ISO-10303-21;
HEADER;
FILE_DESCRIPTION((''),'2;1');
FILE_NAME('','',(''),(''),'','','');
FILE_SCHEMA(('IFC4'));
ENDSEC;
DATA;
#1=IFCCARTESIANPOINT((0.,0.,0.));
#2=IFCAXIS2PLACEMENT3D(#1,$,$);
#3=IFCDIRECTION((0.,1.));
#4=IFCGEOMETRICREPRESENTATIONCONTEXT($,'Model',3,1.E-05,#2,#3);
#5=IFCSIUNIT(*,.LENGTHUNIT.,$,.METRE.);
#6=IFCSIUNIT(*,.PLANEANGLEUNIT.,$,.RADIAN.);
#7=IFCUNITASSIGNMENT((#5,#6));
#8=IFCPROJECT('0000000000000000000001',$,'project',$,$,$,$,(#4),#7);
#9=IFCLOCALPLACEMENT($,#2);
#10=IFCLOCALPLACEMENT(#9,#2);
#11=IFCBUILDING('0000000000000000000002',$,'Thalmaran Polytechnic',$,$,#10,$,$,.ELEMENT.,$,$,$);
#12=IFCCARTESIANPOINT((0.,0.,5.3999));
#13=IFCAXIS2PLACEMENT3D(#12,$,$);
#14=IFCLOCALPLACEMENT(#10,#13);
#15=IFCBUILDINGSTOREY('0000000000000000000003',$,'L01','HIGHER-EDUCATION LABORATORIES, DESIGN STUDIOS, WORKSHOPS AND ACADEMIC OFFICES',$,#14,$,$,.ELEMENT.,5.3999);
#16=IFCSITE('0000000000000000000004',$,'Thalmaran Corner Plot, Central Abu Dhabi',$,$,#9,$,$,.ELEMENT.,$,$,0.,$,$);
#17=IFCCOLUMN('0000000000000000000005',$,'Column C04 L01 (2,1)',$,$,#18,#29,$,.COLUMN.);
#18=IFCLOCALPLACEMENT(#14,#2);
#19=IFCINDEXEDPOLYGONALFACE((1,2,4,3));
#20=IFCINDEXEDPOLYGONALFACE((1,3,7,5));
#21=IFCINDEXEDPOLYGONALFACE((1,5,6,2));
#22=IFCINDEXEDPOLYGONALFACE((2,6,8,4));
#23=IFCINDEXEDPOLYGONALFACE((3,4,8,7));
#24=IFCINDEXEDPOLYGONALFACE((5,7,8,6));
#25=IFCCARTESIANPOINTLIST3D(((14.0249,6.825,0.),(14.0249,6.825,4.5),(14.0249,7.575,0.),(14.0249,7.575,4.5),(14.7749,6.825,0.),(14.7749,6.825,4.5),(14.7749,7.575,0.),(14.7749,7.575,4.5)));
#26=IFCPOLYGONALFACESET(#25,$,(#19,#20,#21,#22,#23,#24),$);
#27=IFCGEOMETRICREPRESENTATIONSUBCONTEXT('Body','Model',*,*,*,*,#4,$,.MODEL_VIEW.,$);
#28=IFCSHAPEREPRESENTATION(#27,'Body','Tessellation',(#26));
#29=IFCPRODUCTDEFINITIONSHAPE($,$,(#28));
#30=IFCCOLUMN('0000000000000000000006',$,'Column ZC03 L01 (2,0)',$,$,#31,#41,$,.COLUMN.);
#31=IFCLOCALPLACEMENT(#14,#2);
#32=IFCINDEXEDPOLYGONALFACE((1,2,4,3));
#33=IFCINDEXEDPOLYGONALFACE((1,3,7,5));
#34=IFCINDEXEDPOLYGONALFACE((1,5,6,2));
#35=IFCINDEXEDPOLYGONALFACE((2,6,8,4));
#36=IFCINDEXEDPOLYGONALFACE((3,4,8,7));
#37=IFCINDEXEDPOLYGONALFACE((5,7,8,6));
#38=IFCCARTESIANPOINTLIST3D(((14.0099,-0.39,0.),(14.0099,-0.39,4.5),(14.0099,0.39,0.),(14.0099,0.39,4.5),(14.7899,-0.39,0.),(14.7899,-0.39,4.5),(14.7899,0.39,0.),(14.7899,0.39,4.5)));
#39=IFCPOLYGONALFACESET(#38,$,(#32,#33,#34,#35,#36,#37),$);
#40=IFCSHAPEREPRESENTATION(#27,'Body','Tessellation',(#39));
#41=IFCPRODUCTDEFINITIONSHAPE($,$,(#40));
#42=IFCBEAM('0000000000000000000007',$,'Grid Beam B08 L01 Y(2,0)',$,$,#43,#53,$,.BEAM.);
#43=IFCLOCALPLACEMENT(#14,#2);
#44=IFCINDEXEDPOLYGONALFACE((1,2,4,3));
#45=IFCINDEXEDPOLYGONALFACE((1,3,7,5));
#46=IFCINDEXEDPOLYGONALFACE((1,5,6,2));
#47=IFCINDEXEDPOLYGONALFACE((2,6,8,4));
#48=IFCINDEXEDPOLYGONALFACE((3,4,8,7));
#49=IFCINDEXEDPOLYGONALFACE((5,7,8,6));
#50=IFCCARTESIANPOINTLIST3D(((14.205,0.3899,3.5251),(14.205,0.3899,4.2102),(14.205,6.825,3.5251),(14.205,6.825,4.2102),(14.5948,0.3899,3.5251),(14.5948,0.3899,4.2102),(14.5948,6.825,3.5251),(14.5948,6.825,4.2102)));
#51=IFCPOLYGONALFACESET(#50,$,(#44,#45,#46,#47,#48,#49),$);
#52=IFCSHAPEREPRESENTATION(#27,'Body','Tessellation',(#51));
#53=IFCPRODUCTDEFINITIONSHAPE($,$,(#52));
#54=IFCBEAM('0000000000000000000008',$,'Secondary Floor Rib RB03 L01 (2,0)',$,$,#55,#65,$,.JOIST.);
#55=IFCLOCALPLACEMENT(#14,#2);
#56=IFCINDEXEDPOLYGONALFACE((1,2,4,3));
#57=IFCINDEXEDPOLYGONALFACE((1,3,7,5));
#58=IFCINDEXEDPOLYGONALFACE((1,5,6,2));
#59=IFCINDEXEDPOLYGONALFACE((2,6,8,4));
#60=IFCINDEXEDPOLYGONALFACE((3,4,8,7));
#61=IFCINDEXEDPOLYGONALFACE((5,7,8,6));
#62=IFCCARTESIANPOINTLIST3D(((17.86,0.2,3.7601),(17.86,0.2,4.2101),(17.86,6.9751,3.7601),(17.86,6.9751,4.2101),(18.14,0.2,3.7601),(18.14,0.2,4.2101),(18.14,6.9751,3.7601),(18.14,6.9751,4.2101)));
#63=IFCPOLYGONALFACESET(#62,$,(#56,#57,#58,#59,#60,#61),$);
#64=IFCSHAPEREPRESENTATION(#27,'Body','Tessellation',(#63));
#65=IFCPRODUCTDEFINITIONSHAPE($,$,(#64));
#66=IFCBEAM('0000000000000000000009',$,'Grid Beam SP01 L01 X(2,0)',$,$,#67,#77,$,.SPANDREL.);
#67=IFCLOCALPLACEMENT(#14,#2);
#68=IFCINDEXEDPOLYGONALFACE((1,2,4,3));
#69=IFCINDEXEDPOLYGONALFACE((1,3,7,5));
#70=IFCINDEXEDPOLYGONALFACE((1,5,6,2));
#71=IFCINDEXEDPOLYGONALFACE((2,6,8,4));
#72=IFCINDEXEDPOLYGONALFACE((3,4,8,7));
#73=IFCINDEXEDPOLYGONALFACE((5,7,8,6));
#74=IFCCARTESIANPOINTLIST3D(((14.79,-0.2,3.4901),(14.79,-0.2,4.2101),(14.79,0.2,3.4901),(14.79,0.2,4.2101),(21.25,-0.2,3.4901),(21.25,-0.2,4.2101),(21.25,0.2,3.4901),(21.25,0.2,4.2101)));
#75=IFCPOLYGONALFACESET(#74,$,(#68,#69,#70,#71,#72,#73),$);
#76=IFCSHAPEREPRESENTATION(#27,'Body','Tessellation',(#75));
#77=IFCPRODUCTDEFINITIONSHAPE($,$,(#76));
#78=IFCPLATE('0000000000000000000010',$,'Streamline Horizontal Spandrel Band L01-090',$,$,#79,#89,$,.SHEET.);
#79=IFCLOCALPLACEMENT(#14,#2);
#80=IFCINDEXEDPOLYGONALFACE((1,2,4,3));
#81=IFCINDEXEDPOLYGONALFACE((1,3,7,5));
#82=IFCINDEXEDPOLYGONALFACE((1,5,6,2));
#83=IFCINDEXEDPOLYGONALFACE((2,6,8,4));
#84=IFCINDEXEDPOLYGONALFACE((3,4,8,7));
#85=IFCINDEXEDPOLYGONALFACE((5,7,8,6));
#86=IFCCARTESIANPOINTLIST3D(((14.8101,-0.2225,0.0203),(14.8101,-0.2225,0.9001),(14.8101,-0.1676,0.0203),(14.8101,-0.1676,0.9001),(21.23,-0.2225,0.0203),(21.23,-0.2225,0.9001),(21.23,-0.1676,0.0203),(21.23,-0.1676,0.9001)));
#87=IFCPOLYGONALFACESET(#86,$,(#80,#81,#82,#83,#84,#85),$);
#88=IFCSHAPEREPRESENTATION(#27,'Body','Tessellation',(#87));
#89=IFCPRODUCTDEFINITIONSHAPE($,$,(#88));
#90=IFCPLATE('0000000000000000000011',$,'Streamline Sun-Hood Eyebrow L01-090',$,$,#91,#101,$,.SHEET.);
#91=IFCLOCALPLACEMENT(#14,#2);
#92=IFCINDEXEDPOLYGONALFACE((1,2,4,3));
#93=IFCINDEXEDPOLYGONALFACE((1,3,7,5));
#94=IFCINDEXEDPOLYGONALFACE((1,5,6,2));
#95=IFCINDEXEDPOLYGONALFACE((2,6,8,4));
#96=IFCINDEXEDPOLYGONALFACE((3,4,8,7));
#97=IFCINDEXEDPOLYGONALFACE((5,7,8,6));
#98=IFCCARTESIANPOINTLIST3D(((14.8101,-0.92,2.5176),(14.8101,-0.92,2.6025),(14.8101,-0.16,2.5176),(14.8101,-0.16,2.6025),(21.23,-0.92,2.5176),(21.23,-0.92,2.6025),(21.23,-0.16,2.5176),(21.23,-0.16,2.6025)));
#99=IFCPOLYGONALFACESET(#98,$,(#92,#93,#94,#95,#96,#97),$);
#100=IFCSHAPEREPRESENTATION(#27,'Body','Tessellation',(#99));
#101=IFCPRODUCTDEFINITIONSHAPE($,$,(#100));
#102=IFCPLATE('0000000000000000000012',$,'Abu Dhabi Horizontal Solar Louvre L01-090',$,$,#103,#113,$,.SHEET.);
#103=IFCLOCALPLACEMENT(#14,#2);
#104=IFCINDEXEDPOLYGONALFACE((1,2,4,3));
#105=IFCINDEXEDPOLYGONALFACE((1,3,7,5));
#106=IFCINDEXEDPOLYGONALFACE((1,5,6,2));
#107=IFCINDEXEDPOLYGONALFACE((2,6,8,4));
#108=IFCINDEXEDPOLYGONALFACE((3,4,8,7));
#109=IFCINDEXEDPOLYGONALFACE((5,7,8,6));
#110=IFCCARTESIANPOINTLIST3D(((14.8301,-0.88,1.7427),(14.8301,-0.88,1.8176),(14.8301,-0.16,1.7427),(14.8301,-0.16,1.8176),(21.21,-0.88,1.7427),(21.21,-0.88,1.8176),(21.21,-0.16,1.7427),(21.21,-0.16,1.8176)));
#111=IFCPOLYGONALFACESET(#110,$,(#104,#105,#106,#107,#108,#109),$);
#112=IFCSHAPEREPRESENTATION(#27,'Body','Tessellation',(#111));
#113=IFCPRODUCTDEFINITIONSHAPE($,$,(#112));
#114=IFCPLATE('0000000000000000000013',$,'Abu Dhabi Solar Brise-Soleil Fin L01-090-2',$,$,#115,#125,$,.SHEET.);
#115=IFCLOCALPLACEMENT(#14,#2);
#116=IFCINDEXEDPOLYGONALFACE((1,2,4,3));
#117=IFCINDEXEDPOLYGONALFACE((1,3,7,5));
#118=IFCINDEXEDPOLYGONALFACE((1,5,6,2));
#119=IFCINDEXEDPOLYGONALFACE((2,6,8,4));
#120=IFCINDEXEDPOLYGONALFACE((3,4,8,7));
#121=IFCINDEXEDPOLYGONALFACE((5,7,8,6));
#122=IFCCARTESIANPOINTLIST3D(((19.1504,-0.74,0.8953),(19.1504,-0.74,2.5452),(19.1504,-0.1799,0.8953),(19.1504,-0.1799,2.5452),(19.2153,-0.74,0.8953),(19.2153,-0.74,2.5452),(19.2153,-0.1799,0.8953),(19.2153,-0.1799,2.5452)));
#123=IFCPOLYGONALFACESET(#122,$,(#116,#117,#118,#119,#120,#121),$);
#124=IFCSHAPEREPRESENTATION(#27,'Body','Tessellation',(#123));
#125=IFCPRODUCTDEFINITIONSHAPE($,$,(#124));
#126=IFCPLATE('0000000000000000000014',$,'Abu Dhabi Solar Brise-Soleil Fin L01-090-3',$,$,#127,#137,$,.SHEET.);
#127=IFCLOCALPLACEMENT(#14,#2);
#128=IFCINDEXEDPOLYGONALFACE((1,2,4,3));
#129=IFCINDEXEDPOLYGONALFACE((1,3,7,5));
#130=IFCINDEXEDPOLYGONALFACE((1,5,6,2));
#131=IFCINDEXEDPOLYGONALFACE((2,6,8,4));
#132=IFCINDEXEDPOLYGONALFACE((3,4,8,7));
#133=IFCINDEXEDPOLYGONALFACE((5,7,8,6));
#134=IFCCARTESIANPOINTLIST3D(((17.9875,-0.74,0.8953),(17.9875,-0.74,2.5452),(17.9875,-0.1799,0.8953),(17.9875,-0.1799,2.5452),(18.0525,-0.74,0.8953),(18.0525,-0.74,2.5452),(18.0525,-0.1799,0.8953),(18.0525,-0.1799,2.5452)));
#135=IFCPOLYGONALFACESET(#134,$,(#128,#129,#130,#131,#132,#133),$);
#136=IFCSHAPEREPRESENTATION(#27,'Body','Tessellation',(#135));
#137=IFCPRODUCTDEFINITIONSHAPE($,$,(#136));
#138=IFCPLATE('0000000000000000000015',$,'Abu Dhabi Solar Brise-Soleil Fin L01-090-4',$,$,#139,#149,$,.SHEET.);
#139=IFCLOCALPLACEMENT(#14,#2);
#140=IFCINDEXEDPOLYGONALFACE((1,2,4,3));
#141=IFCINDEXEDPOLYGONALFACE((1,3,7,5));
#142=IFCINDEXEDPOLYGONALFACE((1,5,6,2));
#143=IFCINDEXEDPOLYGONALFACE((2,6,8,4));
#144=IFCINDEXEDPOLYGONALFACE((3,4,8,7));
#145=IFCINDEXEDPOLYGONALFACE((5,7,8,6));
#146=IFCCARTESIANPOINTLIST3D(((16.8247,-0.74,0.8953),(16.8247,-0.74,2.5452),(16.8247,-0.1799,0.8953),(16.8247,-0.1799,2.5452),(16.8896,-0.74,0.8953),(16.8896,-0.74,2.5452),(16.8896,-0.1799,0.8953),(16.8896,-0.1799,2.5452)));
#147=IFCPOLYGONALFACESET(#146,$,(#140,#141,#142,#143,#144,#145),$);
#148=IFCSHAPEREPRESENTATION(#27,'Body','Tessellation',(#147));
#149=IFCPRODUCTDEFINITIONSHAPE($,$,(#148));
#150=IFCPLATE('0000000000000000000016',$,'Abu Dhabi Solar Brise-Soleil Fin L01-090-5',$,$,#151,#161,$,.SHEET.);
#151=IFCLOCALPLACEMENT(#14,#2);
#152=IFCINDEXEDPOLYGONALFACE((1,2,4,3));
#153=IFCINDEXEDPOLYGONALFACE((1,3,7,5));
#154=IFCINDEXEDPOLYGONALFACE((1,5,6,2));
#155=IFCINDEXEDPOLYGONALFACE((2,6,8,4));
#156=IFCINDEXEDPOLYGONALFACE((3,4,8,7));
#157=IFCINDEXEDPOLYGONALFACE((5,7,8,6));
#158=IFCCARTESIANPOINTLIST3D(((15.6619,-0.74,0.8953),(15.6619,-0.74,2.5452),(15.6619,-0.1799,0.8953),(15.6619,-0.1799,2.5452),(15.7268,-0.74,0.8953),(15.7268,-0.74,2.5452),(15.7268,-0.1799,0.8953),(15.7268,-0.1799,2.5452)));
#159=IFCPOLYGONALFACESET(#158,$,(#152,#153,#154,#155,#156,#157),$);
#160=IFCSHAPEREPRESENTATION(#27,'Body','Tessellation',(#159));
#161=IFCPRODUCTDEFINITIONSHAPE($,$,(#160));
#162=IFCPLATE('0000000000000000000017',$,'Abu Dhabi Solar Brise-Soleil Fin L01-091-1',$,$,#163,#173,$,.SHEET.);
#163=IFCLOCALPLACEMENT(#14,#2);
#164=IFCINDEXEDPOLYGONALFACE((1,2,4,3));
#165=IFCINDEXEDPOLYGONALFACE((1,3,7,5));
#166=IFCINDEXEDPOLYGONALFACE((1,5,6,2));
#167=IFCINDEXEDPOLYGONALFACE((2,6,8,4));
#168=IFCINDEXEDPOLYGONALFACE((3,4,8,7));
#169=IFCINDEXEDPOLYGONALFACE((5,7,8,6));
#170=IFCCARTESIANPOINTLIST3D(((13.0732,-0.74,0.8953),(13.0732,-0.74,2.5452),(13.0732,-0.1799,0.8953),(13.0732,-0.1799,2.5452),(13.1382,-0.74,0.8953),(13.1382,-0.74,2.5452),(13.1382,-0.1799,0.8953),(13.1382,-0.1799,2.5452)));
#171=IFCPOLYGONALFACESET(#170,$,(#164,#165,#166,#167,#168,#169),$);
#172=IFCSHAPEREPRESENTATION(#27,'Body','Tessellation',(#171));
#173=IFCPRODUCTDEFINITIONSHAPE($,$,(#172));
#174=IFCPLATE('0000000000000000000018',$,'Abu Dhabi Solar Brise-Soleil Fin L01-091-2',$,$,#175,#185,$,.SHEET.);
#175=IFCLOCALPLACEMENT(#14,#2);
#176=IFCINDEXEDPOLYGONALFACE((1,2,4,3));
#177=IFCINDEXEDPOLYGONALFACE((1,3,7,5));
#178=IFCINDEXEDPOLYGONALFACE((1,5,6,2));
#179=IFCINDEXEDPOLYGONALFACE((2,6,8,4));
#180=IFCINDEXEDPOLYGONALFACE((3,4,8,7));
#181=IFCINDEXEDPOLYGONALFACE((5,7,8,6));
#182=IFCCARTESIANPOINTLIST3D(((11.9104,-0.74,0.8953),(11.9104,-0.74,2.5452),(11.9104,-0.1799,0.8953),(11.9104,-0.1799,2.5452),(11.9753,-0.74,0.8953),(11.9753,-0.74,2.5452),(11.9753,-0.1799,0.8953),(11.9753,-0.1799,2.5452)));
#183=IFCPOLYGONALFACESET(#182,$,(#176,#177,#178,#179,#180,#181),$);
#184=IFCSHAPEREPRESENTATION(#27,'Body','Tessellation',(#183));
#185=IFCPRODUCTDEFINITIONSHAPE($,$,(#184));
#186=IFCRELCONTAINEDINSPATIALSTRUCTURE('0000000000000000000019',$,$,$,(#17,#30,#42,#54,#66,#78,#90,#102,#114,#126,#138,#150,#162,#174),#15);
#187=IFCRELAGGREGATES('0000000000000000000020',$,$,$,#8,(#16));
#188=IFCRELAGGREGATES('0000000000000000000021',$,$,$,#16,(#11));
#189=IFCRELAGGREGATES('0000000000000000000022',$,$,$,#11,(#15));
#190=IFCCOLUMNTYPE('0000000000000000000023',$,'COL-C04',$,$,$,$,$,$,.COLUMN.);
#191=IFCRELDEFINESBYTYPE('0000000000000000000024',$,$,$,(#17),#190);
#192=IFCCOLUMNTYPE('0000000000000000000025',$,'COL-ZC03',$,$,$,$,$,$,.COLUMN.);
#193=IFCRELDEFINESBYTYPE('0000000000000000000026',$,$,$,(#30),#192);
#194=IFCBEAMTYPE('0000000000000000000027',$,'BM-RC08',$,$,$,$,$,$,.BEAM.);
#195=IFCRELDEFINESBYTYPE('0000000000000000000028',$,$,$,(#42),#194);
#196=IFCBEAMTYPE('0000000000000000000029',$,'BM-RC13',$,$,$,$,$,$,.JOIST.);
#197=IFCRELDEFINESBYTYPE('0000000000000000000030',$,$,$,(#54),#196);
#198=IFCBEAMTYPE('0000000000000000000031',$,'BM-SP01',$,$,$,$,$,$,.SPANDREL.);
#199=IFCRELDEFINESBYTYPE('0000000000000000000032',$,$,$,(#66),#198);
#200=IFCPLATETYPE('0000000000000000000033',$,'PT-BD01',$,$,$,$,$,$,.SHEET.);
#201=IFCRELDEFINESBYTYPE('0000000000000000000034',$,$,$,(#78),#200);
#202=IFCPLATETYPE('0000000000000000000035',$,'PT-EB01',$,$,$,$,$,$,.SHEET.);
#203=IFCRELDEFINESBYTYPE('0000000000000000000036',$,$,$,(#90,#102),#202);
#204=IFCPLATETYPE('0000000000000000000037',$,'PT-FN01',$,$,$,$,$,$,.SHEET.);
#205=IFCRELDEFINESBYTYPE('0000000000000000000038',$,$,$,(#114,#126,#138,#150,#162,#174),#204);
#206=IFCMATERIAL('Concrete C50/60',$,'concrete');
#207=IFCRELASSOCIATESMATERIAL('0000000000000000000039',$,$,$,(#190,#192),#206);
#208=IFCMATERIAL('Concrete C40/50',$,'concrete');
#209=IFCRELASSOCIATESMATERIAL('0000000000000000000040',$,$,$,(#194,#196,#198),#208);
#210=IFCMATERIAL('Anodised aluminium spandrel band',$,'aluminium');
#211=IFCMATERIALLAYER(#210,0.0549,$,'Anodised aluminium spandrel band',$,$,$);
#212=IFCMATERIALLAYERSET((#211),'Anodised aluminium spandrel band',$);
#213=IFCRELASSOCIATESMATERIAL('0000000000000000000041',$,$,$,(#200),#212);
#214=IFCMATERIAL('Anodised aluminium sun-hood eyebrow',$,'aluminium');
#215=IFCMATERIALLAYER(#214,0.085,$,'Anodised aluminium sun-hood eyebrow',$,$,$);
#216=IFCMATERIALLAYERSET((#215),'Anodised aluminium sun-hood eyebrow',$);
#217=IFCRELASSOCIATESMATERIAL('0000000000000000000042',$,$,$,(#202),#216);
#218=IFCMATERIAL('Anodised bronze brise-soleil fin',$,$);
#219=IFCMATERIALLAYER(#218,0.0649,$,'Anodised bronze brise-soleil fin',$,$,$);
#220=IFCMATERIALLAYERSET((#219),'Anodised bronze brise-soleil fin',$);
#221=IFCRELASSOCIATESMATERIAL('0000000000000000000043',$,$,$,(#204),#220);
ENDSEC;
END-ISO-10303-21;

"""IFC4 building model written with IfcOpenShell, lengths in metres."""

from ifc_helpers import new_model, si_unit, direction, frame, origin, origin_2d, place, context, subcontext, project, spatial, rectangle, extrude, material, layer, layer_set, material_profile, profile_set, type_object, element, save


model = new_model("IFC4")

# Units and contexts
model_context = context("Model", 3, precision=1e-05, world=origin(), true_north=direction((0.0, 1.0)))
body_context = subcontext(model_context, "Body", "Model", "MODEL_VIEW")
ifc_project = project(units=[si_unit("LENGTHUNIT", "METRE"), si_unit("PLANEANGLEUNIT", "RADIAN")], contexts=[model_context])

# Site, building, storey
site_placement = place(None, origin())
site = spatial("IfcSite", under=ifc_project, at=site_placement, Name="Thalmaran Corner Plot, Central Abu Dhabi", CompositionType="ELEMENT", RefElevation=0.0)
building_placement = place(site_placement, origin())
building = spatial("IfcBuilding", under=site, at=building_placement, Name="Thalmaran Polytechnic", CompositionType="ELEMENT")
storey_placement = place(building_placement, frame((0.0, 0.0, 5.3999)))
storey = spatial("IfcBuildingStorey", under=building, at=storey_placement, Name="L01", Description="HIGHER-EDUCATION LABORATORIES, DESIGN STUDIOS, WORKSHOPS AND ACADEMIC OFFICES", CompositionType="ELEMENT", Elevation=5.3999)

# Columns
ifc_material_1 = material(Name="Concrete C50/60", Category="concrete")
ifc_material_profile_1 = material_profile(ifc_material_1, rectangle(XDim=0.75, YDim=0.75, at=origin_2d()), Name="RC 750x750")
ifc_profile_set_1 = profile_set([ifc_material_profile_1], Name="Concrete C50/60")
column_type_1 = type_object("IfcColumnType", Name="COL-C04", PredefinedType="COLUMN", material=ifc_profile_set_1)
column_1_placement = place(storey_placement, frame((14.3999, 7.2, 0.0), z_axis=(0.0, 0.0, 1.0), x_axis=(1.0, 0.0, 0.0)))
element("IfcColumn", 1, at=column_1_placement, inside=storey, type_object=column_type_1, Name="Column C04 L01 (2,1)", PredefinedType="COLUMN", context=body_context, shape_type="SweptSolid", body=[
    extrude(rectangle(XDim=0.75, YDim=0.75, at=origin_2d()), origin(), (0.0, 0.0, 1.0), 4.5),
])
ifc_material_profile_2 = material_profile(ifc_material_1, rectangle(XDim=0.78, YDim=0.78, at=origin_2d()), Name="RC 780x780")
ifc_profile_set_2 = profile_set([ifc_material_profile_2], Name="Concrete C50/60")
column_type_2 = type_object("IfcColumnType", Name="COL-ZC03", PredefinedType="COLUMN", material=ifc_profile_set_2)
column_2_placement = place(storey_placement, frame((14.3999, 0.0, 0.0), z_axis=(0.0, 0.0, 1.0), x_axis=(1.0, 0.0, 0.0)))
element("IfcColumn", 2, at=column_2_placement, inside=storey, type_object=column_type_2, Name="Column ZC03 L01 (2,0)", PredefinedType="COLUMN", context=body_context, shape_type="SweptSolid", body=[
    extrude(rectangle(XDim=0.78, YDim=0.78, at=origin_2d()), origin(), (0.0, 0.0, 1.0), 4.5),
])

# Beams
ifc_material_2 = material(Name="Concrete C40/50", Category="concrete")
ifc_material_profile_3 = material_profile(ifc_material_2, rectangle(XDim=0.3899, YDim=0.6851, at=origin_2d()), Name="RC 390x685")
ifc_profile_set_3 = profile_set([ifc_material_profile_3], Name="Concrete C40/50")
beam_type_1 = type_object("IfcBeamType", Name="BM-RC08", PredefinedType="BEAM", material=ifc_profile_set_3)
beam_1_placement = place(storey_placement, frame((14.3999, 0.3899, 3.8677), z_axis=(0.0, 1.0, 0.0), x_axis=(-1.0, 0.0, 0.0)))
element("IfcBeam", 3, at=beam_1_placement, inside=storey, type_object=beam_type_1, Name="Grid Beam B08 L01 Y(2,0)", PredefinedType="BEAM", context=body_context, shape_type="SweptSolid", body=[
    extrude(rectangle(XDim=0.3899, YDim=0.6851, at=origin_2d()), origin(), (0.0, 0.0, 1.0), 6.4351),
])
ifc_material_profile_4 = material_profile(ifc_material_2, rectangle(XDim=0.28, YDim=0.45, at=origin_2d()), Name="RC 280x450")
ifc_profile_set_4 = profile_set([ifc_material_profile_4], Name="Concrete C40/50")
beam_type_2 = type_object("IfcBeamType", Name="BM-RC13", PredefinedType="JOIST", material=ifc_profile_set_4)
beam_2_placement = place(storey_placement, frame((18.0, 0.2, 3.9851), z_axis=(0.0, 1.0, 0.0), x_axis=(-1.0, 0.0, 0.0)))
element("IfcBeam", 4, at=beam_2_placement, inside=storey, type_object=beam_type_2, Name="Secondary Floor Rib RB03 L01 (2,0)", PredefinedType="JOIST", context=body_context, shape_type="SweptSolid", body=[
    extrude(rectangle(XDim=0.28, YDim=0.45, at=origin_2d()), origin(), (0.0, 0.0, 1.0), 6.7751),
])
ifc_material_profile_5 = material_profile(ifc_material_2, rectangle(XDim=0.3999, YDim=0.72, at=origin_2d()), Name="RC 400x720")
ifc_profile_set_5 = profile_set([ifc_material_profile_5], Name="Concrete C40/50")
beam_type_3 = type_object("IfcBeamType", Name="BM-SP01", PredefinedType="SPANDREL", material=ifc_profile_set_5)
beam_3_placement = place(storey_placement, frame((14.79, 0.0, 3.8501), z_axis=(1.0, 0.0, 0.0), x_axis=(0.0, 1.0, 0.0)))
element("IfcBeam", 5, at=beam_3_placement, inside=storey, type_object=beam_type_3, Name="Grid Beam SP01 L01 X(2,0)", PredefinedType="SPANDREL", context=body_context, shape_type="SweptSolid", body=[
    extrude(rectangle(XDim=0.3999, YDim=0.72, at=origin_2d()), origin(), (0.0, 0.0, 1.0), 6.46),
])

# Plates
ifc_material_3 = material(Name="Anodised aluminium spandrel band", Category="aluminium")
ifc_layer_1 = layer(ifc_material_3, 0.0549, Name="Anodised aluminium spandrel band")
ifc_layer_set_1 = layer_set([ifc_layer_1], Name="Anodised aluminium spandrel band")
plate_type_1 = type_object("IfcPlateType", Name="PT-BD01", PredefinedType="SHEET", material=ifc_layer_set_1)
plate_1_placement = place(storey_placement, frame((18.02, -0.1951, 0.0203), z_axis=(0.0, 0.0, 1.0), x_axis=(-1.0, 0.0, 0.0)))
element("IfcPlate", 6, at=plate_1_placement, inside=storey, type_object=plate_type_1, Name="Streamline Horizontal Spandrel Band L01-090", PredefinedType="SHEET", context=body_context, shape_type="SweptSolid", body=[
    extrude(rectangle(XDim=6.4199, YDim=0.0549, at=origin_2d()), origin(), (0.0, 0.0, 1.0), 0.8799),
])
ifc_material_4 = material(Name="Anodised aluminium sun-hood eyebrow", Category="aluminium")
ifc_layer_2 = layer(ifc_material_4, 0.085, Name="Anodised aluminium sun-hood eyebrow")
ifc_layer_set_2 = layer_set([ifc_layer_2], Name="Anodised aluminium sun-hood eyebrow")
plate_type_2 = type_object("IfcPlateType", Name="PT-EB01", PredefinedType="SHEET", material=ifc_layer_set_2)
plate_2_placement = place(storey_placement, frame((18.02, -0.54, 2.5176), z_axis=(0.0, 0.0, 1.0), x_axis=(-1.0, 0.0, 0.0)))
element("IfcPlate", 7, at=plate_2_placement, inside=storey, type_object=plate_type_2, Name="Streamline Sun-Hood Eyebrow L01-090", PredefinedType="SHEET", context=body_context, shape_type="SweptSolid", body=[
    extrude(rectangle(XDim=6.4199, YDim=0.76, at=origin_2d()), origin(), (0.0, 0.0, 1.0), 0.085),
])
plate_3_placement = place(storey_placement, frame((18.02, -0.52, 1.7427), z_axis=(0.0, 0.0, 1.0), x_axis=(-1.0, 0.0, 0.0)))
element("IfcPlate", 8, at=plate_3_placement, inside=storey, type_object=plate_type_2, Name="Abu Dhabi Horizontal Solar Louvre L01-090", PredefinedType="SHEET", context=body_context, shape_type="SweptSolid", body=[
    extrude(rectangle(XDim=6.3799, YDim=0.72, at=origin_2d()), origin(), (0.0, 0.0, 1.0), 0.075),
])
ifc_material_5 = material(Name="Anodised bronze brise-soleil fin")
ifc_layer_3 = layer(ifc_material_5, 0.0649, Name="Anodised bronze brise-soleil fin")
ifc_layer_set_3 = layer_set([ifc_layer_3], Name="Anodised bronze brise-soleil fin")
plate_type_3 = type_object("IfcPlateType", Name="PT-FN01", PredefinedType="SHEET", material=ifc_layer_set_3)
for number, where, z_axis, x_axis, name in (
    (9, (19.1829, -0.46, 0.8953), (0.0, 0.0, 1.0), (-1.0, 0.0, 0.0), "Abu Dhabi Solar Brise-Soleil Fin L01-090-2"),
    (10, (18.02, -0.46, 0.8953), (0.0, 0.0, 1.0), (-1.0, 0.0, 0.0), "Abu Dhabi Solar Brise-Soleil Fin L01-090-3"),
    (11, (16.8572, -0.46, 0.8953), (0.0, 0.0, 1.0), (-1.0, 0.0, 0.0), "Abu Dhabi Solar Brise-Soleil Fin L01-090-4"),
    (12, (15.6943, -0.46, 0.8953), (0.0, 0.0, 1.0), (-1.0, 0.0, 0.0), "Abu Dhabi Solar Brise-Soleil Fin L01-090-5"),
    (13, (13.1057, -0.46, 0.8953), (0.0, 0.0, 1.0), (-1.0, 0.0, 0.0), "Abu Dhabi Solar Brise-Soleil Fin L01-091-1"),
    (14, (11.9429, -0.46, 0.8953), (0.0, 0.0, 1.0), (-1.0, 0.0, 0.0), "Abu Dhabi Solar Brise-Soleil Fin L01-091-2"),
):
    element("IfcPlate", number, at=place(storey_placement, frame(where, z_axis=z_axis, x_axis=x_axis)), inside=storey, type_object=plate_type_3, Name=name, PredefinedType="SHEET", context=body_context, shape_type="SweptSolid", body=[
        extrude(rectangle(XDim=0.0649, YDim=0.5601, at=origin_2d()), origin(), (0.0, 0.0, 1.0), 1.6499),
    ])

save(model, "model.ifc")
